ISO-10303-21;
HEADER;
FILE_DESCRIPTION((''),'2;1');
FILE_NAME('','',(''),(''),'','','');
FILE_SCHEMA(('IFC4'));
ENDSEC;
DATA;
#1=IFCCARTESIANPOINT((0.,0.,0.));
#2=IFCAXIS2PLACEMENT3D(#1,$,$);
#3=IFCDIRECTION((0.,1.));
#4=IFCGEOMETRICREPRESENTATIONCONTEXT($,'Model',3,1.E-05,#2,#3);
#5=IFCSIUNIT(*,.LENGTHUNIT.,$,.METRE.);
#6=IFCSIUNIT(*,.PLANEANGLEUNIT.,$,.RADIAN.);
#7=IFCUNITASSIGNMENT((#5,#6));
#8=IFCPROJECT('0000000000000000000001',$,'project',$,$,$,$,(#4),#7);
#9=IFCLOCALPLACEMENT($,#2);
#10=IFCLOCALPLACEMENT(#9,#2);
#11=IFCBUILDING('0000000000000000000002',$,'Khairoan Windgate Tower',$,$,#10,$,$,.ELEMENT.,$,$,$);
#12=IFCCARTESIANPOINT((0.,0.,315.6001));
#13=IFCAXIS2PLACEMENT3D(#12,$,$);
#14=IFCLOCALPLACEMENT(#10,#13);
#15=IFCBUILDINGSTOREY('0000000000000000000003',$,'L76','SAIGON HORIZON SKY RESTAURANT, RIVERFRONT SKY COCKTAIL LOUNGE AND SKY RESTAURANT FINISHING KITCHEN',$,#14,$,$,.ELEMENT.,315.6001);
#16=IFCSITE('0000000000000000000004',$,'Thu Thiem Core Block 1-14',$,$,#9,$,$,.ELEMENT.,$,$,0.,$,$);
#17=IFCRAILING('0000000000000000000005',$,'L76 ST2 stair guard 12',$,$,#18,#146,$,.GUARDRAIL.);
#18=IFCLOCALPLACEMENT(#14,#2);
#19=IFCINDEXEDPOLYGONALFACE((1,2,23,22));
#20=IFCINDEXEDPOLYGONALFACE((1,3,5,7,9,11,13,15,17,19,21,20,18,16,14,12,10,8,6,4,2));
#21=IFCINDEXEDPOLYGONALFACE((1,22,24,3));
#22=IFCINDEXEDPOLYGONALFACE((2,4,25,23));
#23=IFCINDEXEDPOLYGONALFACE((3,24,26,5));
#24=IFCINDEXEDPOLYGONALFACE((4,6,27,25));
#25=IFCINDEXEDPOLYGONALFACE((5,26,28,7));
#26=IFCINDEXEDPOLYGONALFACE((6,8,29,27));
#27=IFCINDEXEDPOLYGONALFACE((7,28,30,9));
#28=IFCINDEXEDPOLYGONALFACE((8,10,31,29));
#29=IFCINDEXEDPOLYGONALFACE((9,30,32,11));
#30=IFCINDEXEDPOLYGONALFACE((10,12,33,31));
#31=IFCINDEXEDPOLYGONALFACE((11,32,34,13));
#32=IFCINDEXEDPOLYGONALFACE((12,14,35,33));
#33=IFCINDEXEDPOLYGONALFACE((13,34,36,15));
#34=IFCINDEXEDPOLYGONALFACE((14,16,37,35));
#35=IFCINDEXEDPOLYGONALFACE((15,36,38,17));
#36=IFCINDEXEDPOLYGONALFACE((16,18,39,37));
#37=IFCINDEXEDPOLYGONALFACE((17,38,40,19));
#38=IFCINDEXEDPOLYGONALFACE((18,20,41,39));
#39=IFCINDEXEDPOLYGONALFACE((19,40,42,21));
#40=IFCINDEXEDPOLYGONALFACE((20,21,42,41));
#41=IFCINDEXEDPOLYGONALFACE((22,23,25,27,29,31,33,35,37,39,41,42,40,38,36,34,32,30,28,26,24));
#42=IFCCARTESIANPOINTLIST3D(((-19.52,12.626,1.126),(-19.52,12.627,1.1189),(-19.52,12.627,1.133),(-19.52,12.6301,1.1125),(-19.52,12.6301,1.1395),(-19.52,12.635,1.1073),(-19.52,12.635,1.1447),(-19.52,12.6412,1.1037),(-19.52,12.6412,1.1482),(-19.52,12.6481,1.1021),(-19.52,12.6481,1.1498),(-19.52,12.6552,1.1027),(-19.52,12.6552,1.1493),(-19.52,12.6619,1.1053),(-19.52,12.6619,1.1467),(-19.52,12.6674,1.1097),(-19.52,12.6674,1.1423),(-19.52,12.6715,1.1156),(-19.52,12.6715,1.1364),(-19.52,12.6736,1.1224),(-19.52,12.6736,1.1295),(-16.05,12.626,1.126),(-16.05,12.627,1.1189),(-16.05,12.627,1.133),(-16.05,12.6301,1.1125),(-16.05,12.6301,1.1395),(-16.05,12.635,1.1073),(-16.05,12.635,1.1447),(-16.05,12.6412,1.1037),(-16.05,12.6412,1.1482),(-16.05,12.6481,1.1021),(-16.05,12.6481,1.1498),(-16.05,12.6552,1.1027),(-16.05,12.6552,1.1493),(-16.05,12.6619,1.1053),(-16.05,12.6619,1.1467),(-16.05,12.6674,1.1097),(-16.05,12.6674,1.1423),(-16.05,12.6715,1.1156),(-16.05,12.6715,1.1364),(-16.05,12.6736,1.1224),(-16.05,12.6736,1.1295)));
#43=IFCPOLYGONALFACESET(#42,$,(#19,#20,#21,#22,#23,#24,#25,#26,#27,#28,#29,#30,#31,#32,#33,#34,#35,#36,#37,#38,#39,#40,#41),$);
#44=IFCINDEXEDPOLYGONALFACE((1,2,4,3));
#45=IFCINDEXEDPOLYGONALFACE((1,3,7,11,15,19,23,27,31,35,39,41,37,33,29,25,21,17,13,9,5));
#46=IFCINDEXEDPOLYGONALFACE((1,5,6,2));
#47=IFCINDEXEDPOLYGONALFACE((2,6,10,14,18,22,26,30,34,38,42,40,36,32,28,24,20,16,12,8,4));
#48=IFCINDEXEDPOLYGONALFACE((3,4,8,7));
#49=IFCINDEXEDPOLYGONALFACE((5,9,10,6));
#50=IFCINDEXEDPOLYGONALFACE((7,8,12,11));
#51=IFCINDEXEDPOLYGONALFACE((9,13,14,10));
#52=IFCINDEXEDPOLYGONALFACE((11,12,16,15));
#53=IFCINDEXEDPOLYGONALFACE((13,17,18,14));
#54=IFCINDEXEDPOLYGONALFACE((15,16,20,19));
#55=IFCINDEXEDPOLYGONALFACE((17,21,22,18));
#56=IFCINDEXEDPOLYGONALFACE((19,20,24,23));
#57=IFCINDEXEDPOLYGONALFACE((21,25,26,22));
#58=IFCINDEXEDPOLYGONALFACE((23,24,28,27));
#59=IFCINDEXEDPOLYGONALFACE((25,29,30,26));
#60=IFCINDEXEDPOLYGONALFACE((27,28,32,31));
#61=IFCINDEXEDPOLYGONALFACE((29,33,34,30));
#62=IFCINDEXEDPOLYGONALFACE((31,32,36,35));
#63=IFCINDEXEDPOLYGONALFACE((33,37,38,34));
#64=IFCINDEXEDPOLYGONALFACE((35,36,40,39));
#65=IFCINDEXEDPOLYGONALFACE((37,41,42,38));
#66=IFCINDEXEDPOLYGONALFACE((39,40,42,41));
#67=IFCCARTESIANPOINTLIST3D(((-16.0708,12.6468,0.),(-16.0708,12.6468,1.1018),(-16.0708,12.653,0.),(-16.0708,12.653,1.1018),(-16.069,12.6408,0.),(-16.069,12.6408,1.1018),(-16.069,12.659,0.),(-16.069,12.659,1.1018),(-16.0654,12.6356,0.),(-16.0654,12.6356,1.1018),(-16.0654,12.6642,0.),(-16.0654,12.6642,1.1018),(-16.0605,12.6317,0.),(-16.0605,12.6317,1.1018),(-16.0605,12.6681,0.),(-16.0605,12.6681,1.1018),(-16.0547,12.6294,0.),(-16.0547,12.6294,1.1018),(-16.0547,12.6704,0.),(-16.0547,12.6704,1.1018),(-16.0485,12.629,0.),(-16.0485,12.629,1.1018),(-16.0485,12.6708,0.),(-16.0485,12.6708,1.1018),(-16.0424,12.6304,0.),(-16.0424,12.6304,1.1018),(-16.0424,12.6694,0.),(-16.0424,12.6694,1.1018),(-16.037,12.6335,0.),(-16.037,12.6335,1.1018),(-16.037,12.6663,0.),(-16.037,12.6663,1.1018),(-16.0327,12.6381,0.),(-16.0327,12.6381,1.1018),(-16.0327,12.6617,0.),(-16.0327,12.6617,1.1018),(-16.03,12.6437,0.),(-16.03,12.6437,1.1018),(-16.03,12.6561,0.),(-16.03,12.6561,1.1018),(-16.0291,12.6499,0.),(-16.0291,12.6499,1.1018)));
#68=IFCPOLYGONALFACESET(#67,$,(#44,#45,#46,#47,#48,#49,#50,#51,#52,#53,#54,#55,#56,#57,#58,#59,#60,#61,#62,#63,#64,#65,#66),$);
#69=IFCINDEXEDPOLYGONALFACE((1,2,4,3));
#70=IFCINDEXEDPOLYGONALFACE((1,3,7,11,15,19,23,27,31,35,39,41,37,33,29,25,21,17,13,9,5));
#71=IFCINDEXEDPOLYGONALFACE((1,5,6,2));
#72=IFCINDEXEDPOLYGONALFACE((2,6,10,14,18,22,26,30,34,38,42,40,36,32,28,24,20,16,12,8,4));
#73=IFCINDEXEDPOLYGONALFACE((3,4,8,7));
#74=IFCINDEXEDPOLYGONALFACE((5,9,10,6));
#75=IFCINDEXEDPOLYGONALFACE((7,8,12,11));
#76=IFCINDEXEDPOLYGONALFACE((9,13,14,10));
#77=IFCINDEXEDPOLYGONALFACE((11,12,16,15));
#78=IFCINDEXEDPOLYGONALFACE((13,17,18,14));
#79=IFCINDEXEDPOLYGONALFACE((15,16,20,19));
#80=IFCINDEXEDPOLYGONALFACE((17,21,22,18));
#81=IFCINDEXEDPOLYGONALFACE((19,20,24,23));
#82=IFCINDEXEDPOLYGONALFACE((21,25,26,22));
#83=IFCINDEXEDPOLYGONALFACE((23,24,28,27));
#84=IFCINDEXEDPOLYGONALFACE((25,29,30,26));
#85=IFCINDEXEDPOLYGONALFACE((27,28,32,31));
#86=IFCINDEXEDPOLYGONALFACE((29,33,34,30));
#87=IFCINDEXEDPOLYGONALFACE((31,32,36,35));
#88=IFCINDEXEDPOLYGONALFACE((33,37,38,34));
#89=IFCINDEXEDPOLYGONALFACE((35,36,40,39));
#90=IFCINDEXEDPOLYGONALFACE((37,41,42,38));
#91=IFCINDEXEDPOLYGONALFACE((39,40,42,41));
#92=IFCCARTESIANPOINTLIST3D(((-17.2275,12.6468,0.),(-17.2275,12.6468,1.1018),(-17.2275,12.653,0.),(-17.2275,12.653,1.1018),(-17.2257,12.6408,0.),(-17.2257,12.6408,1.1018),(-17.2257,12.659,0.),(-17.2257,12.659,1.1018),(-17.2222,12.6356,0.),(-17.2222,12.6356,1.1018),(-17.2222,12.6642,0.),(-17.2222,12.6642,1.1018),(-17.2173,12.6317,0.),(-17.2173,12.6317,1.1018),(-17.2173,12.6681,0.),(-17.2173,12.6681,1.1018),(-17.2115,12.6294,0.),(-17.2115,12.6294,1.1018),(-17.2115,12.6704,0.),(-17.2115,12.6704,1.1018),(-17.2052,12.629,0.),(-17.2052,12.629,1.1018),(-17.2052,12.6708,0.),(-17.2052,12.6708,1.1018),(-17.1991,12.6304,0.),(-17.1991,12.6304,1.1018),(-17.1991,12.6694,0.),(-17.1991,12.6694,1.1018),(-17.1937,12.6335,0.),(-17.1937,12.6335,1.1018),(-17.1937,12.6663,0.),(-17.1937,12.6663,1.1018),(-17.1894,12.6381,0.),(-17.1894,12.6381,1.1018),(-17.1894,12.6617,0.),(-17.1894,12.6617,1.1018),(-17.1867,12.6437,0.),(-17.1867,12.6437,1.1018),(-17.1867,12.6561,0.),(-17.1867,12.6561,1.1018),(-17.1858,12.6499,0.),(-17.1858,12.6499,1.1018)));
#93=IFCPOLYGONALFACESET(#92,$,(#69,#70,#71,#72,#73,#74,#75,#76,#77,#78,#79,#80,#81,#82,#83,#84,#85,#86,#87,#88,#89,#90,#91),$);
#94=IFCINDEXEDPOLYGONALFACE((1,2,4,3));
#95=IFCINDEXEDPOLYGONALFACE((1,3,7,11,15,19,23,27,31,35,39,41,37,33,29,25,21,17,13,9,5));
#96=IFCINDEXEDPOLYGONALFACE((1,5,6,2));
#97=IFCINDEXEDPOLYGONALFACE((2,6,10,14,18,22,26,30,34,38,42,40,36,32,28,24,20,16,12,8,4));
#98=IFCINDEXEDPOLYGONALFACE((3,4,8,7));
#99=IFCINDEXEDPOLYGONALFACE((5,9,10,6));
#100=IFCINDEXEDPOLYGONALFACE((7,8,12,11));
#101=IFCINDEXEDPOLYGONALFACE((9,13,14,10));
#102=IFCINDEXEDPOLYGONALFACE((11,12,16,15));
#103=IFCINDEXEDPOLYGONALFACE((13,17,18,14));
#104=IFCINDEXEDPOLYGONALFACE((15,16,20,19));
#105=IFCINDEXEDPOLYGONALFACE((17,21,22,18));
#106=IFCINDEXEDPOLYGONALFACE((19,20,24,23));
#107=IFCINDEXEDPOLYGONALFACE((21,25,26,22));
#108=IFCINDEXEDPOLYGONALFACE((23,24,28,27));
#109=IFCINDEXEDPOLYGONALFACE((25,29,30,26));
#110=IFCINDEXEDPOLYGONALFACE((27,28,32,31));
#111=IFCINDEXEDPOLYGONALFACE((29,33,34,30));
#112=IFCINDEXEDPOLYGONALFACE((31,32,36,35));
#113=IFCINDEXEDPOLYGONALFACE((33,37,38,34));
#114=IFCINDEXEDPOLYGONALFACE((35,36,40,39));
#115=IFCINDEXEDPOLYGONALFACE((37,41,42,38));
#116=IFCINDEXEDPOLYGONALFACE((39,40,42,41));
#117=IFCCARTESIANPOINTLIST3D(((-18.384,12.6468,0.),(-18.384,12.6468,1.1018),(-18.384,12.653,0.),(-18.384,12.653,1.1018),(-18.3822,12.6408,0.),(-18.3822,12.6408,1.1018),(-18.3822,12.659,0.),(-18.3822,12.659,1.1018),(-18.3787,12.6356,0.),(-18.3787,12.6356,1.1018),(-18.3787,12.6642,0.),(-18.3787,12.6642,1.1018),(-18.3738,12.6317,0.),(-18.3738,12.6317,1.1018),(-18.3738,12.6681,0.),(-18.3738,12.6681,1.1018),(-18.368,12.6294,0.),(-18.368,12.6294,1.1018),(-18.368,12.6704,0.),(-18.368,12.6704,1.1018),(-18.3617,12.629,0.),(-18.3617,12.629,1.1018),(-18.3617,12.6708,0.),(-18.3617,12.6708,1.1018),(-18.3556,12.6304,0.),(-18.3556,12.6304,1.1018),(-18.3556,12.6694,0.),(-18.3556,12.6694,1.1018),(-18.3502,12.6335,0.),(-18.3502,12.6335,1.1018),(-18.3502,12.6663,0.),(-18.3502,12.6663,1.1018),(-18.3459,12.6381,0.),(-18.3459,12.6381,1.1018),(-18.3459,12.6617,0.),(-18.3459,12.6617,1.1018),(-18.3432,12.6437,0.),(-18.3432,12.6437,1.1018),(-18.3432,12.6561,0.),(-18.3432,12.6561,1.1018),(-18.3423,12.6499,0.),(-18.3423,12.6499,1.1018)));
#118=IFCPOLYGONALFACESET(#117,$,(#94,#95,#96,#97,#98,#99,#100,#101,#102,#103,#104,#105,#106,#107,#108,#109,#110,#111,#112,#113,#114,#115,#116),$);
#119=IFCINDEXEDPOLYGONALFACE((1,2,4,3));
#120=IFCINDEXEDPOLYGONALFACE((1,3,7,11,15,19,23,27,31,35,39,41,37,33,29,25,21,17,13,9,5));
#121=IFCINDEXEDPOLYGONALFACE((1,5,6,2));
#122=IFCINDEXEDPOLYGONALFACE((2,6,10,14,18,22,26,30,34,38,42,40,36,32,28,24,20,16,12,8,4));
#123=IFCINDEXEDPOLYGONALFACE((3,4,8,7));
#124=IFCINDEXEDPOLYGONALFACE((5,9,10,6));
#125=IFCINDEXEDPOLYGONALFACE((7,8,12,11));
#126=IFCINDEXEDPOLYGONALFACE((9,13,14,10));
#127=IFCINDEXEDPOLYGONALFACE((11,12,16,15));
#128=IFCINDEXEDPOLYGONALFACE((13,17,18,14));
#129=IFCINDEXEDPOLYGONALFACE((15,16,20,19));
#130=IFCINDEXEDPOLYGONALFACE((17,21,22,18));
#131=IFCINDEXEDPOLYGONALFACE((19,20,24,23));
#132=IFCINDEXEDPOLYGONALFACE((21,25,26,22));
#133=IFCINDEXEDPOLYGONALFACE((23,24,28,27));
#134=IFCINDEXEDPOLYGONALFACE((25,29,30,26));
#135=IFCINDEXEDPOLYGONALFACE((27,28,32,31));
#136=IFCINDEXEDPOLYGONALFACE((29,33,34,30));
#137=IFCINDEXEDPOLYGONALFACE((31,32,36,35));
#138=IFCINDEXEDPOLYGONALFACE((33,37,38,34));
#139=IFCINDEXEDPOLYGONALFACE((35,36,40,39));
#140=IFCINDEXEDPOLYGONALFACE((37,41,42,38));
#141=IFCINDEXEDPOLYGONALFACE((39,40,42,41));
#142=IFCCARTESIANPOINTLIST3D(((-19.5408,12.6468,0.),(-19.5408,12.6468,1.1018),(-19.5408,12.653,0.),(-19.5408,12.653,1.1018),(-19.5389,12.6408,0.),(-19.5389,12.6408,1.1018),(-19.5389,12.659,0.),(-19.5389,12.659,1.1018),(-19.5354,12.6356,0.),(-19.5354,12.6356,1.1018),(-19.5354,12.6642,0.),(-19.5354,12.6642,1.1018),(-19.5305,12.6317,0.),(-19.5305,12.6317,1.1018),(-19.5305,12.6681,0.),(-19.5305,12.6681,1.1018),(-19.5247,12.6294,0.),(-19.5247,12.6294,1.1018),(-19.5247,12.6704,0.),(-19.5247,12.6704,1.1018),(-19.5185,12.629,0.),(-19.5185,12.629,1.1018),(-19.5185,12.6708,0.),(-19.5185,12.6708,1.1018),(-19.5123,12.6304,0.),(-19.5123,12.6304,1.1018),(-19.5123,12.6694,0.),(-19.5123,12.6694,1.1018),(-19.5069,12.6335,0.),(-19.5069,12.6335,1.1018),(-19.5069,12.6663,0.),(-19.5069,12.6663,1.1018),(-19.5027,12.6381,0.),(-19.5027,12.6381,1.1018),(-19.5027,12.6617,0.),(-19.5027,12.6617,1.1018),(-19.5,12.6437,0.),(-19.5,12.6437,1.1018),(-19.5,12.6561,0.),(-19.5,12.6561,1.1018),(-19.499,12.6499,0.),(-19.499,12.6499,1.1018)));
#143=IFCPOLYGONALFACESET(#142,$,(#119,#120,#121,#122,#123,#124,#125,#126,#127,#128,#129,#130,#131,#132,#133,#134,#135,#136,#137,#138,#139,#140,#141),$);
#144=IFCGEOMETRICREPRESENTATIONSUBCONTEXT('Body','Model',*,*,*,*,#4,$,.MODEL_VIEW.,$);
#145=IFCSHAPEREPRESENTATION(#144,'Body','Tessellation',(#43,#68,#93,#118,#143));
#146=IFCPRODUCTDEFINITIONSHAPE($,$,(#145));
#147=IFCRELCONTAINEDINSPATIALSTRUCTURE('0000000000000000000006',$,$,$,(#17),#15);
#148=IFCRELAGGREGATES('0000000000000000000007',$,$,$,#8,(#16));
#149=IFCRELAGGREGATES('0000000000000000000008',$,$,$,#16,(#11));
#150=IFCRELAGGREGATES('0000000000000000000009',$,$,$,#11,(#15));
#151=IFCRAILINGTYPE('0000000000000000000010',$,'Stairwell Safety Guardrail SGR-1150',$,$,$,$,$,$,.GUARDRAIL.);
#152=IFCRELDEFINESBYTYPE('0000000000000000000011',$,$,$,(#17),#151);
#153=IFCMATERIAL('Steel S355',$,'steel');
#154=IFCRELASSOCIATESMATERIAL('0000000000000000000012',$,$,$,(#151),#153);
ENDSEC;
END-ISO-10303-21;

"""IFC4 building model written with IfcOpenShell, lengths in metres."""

from ifc_helpers import new_model, si_unit, direction, frame, origin, origin_2d, place, context, subcontext, project, spatial, circle, extrude, material, type_object, element, save


model = new_model("IFC4")

# Units and contexts
model_context = context("Model", 3, precision=1e-05, world=origin(), true_north=direction((0.0, 1.0)))
body_context = subcontext(model_context, "Body", "Model", "MODEL_VIEW")
ifc_project = project(units=[si_unit("LENGTHUNIT", "METRE"), si_unit("PLANEANGLEUNIT", "RADIAN")], contexts=[model_context])

# Site, building, storey
site_placement = place(None, origin())
site = spatial("IfcSite", under=ifc_project, at=site_placement, Name="Thu Thiem Core Block 1-14", CompositionType="ELEMENT", RefElevation=0.0)
building_placement = place(site_placement, origin())
building = spatial("IfcBuilding", under=site, at=building_placement, Name="Khairoan Windgate Tower", CompositionType="ELEMENT")
storey_placement = place(building_placement, frame((0.0, 0.0, 315.6001)))
storey = spatial("IfcBuildingStorey", under=building, at=storey_placement, Name="L76", Description="SAIGON HORIZON SKY RESTAURANT, RIVERFRONT SKY COCKTAIL LOUNGE AND SKY RESTAURANT FINISHING KITCHEN", CompositionType="ELEMENT", Elevation=315.6001)

# Railing
ifc_material_1 = material(Name="Steel S355", Category="steel")
railing_type = type_object("IfcRailingType", Name="Stairwell Safety Guardrail SGR-1150", PredefinedType="GUARDRAIL", material=ifc_material_1)
railing_1_placement = place(storey_placement, frame((-16.05, 12.6499, 0.0)))
element("IfcRailing", 1, at=railing_1_placement, inside=storey, type_object=railing_type, Name="L76 ST2 stair guard 12", PredefinedType="GUARDRAIL", context=body_context, shape_type="SweptSolid", body=[
    extrude(circle(Radius=0.0239, at=origin_2d()), frame((0.0, 0.0, 1.126), z_axis=(-1.0, 0.0, 0.0), x_axis=(0.0, -1.0, 0.0)), (0.0, 0.0, 1.0), 3.47),
    extrude(circle(Radius=0.021, at=origin_2d()), origin(), (0.0, 0.0, 1.0), 1.1018),
    extrude(circle(Radius=0.021, at=origin_2d()), frame((-1.1567, 0.0, 0.0)), (0.0, 0.0, 1.0), 1.1018),
    extrude(circle(Radius=0.021, at=origin_2d()), frame((-2.3132, 0.0, 0.0)), (0.0, 0.0, 1.0), 1.1018),
    extrude(circle(Radius=0.021, at=origin_2d()), frame((-3.47, 0.0, 0.0)), (0.0, 0.0, 1.0), 1.1018),
])

save(model, "model.ifc")
